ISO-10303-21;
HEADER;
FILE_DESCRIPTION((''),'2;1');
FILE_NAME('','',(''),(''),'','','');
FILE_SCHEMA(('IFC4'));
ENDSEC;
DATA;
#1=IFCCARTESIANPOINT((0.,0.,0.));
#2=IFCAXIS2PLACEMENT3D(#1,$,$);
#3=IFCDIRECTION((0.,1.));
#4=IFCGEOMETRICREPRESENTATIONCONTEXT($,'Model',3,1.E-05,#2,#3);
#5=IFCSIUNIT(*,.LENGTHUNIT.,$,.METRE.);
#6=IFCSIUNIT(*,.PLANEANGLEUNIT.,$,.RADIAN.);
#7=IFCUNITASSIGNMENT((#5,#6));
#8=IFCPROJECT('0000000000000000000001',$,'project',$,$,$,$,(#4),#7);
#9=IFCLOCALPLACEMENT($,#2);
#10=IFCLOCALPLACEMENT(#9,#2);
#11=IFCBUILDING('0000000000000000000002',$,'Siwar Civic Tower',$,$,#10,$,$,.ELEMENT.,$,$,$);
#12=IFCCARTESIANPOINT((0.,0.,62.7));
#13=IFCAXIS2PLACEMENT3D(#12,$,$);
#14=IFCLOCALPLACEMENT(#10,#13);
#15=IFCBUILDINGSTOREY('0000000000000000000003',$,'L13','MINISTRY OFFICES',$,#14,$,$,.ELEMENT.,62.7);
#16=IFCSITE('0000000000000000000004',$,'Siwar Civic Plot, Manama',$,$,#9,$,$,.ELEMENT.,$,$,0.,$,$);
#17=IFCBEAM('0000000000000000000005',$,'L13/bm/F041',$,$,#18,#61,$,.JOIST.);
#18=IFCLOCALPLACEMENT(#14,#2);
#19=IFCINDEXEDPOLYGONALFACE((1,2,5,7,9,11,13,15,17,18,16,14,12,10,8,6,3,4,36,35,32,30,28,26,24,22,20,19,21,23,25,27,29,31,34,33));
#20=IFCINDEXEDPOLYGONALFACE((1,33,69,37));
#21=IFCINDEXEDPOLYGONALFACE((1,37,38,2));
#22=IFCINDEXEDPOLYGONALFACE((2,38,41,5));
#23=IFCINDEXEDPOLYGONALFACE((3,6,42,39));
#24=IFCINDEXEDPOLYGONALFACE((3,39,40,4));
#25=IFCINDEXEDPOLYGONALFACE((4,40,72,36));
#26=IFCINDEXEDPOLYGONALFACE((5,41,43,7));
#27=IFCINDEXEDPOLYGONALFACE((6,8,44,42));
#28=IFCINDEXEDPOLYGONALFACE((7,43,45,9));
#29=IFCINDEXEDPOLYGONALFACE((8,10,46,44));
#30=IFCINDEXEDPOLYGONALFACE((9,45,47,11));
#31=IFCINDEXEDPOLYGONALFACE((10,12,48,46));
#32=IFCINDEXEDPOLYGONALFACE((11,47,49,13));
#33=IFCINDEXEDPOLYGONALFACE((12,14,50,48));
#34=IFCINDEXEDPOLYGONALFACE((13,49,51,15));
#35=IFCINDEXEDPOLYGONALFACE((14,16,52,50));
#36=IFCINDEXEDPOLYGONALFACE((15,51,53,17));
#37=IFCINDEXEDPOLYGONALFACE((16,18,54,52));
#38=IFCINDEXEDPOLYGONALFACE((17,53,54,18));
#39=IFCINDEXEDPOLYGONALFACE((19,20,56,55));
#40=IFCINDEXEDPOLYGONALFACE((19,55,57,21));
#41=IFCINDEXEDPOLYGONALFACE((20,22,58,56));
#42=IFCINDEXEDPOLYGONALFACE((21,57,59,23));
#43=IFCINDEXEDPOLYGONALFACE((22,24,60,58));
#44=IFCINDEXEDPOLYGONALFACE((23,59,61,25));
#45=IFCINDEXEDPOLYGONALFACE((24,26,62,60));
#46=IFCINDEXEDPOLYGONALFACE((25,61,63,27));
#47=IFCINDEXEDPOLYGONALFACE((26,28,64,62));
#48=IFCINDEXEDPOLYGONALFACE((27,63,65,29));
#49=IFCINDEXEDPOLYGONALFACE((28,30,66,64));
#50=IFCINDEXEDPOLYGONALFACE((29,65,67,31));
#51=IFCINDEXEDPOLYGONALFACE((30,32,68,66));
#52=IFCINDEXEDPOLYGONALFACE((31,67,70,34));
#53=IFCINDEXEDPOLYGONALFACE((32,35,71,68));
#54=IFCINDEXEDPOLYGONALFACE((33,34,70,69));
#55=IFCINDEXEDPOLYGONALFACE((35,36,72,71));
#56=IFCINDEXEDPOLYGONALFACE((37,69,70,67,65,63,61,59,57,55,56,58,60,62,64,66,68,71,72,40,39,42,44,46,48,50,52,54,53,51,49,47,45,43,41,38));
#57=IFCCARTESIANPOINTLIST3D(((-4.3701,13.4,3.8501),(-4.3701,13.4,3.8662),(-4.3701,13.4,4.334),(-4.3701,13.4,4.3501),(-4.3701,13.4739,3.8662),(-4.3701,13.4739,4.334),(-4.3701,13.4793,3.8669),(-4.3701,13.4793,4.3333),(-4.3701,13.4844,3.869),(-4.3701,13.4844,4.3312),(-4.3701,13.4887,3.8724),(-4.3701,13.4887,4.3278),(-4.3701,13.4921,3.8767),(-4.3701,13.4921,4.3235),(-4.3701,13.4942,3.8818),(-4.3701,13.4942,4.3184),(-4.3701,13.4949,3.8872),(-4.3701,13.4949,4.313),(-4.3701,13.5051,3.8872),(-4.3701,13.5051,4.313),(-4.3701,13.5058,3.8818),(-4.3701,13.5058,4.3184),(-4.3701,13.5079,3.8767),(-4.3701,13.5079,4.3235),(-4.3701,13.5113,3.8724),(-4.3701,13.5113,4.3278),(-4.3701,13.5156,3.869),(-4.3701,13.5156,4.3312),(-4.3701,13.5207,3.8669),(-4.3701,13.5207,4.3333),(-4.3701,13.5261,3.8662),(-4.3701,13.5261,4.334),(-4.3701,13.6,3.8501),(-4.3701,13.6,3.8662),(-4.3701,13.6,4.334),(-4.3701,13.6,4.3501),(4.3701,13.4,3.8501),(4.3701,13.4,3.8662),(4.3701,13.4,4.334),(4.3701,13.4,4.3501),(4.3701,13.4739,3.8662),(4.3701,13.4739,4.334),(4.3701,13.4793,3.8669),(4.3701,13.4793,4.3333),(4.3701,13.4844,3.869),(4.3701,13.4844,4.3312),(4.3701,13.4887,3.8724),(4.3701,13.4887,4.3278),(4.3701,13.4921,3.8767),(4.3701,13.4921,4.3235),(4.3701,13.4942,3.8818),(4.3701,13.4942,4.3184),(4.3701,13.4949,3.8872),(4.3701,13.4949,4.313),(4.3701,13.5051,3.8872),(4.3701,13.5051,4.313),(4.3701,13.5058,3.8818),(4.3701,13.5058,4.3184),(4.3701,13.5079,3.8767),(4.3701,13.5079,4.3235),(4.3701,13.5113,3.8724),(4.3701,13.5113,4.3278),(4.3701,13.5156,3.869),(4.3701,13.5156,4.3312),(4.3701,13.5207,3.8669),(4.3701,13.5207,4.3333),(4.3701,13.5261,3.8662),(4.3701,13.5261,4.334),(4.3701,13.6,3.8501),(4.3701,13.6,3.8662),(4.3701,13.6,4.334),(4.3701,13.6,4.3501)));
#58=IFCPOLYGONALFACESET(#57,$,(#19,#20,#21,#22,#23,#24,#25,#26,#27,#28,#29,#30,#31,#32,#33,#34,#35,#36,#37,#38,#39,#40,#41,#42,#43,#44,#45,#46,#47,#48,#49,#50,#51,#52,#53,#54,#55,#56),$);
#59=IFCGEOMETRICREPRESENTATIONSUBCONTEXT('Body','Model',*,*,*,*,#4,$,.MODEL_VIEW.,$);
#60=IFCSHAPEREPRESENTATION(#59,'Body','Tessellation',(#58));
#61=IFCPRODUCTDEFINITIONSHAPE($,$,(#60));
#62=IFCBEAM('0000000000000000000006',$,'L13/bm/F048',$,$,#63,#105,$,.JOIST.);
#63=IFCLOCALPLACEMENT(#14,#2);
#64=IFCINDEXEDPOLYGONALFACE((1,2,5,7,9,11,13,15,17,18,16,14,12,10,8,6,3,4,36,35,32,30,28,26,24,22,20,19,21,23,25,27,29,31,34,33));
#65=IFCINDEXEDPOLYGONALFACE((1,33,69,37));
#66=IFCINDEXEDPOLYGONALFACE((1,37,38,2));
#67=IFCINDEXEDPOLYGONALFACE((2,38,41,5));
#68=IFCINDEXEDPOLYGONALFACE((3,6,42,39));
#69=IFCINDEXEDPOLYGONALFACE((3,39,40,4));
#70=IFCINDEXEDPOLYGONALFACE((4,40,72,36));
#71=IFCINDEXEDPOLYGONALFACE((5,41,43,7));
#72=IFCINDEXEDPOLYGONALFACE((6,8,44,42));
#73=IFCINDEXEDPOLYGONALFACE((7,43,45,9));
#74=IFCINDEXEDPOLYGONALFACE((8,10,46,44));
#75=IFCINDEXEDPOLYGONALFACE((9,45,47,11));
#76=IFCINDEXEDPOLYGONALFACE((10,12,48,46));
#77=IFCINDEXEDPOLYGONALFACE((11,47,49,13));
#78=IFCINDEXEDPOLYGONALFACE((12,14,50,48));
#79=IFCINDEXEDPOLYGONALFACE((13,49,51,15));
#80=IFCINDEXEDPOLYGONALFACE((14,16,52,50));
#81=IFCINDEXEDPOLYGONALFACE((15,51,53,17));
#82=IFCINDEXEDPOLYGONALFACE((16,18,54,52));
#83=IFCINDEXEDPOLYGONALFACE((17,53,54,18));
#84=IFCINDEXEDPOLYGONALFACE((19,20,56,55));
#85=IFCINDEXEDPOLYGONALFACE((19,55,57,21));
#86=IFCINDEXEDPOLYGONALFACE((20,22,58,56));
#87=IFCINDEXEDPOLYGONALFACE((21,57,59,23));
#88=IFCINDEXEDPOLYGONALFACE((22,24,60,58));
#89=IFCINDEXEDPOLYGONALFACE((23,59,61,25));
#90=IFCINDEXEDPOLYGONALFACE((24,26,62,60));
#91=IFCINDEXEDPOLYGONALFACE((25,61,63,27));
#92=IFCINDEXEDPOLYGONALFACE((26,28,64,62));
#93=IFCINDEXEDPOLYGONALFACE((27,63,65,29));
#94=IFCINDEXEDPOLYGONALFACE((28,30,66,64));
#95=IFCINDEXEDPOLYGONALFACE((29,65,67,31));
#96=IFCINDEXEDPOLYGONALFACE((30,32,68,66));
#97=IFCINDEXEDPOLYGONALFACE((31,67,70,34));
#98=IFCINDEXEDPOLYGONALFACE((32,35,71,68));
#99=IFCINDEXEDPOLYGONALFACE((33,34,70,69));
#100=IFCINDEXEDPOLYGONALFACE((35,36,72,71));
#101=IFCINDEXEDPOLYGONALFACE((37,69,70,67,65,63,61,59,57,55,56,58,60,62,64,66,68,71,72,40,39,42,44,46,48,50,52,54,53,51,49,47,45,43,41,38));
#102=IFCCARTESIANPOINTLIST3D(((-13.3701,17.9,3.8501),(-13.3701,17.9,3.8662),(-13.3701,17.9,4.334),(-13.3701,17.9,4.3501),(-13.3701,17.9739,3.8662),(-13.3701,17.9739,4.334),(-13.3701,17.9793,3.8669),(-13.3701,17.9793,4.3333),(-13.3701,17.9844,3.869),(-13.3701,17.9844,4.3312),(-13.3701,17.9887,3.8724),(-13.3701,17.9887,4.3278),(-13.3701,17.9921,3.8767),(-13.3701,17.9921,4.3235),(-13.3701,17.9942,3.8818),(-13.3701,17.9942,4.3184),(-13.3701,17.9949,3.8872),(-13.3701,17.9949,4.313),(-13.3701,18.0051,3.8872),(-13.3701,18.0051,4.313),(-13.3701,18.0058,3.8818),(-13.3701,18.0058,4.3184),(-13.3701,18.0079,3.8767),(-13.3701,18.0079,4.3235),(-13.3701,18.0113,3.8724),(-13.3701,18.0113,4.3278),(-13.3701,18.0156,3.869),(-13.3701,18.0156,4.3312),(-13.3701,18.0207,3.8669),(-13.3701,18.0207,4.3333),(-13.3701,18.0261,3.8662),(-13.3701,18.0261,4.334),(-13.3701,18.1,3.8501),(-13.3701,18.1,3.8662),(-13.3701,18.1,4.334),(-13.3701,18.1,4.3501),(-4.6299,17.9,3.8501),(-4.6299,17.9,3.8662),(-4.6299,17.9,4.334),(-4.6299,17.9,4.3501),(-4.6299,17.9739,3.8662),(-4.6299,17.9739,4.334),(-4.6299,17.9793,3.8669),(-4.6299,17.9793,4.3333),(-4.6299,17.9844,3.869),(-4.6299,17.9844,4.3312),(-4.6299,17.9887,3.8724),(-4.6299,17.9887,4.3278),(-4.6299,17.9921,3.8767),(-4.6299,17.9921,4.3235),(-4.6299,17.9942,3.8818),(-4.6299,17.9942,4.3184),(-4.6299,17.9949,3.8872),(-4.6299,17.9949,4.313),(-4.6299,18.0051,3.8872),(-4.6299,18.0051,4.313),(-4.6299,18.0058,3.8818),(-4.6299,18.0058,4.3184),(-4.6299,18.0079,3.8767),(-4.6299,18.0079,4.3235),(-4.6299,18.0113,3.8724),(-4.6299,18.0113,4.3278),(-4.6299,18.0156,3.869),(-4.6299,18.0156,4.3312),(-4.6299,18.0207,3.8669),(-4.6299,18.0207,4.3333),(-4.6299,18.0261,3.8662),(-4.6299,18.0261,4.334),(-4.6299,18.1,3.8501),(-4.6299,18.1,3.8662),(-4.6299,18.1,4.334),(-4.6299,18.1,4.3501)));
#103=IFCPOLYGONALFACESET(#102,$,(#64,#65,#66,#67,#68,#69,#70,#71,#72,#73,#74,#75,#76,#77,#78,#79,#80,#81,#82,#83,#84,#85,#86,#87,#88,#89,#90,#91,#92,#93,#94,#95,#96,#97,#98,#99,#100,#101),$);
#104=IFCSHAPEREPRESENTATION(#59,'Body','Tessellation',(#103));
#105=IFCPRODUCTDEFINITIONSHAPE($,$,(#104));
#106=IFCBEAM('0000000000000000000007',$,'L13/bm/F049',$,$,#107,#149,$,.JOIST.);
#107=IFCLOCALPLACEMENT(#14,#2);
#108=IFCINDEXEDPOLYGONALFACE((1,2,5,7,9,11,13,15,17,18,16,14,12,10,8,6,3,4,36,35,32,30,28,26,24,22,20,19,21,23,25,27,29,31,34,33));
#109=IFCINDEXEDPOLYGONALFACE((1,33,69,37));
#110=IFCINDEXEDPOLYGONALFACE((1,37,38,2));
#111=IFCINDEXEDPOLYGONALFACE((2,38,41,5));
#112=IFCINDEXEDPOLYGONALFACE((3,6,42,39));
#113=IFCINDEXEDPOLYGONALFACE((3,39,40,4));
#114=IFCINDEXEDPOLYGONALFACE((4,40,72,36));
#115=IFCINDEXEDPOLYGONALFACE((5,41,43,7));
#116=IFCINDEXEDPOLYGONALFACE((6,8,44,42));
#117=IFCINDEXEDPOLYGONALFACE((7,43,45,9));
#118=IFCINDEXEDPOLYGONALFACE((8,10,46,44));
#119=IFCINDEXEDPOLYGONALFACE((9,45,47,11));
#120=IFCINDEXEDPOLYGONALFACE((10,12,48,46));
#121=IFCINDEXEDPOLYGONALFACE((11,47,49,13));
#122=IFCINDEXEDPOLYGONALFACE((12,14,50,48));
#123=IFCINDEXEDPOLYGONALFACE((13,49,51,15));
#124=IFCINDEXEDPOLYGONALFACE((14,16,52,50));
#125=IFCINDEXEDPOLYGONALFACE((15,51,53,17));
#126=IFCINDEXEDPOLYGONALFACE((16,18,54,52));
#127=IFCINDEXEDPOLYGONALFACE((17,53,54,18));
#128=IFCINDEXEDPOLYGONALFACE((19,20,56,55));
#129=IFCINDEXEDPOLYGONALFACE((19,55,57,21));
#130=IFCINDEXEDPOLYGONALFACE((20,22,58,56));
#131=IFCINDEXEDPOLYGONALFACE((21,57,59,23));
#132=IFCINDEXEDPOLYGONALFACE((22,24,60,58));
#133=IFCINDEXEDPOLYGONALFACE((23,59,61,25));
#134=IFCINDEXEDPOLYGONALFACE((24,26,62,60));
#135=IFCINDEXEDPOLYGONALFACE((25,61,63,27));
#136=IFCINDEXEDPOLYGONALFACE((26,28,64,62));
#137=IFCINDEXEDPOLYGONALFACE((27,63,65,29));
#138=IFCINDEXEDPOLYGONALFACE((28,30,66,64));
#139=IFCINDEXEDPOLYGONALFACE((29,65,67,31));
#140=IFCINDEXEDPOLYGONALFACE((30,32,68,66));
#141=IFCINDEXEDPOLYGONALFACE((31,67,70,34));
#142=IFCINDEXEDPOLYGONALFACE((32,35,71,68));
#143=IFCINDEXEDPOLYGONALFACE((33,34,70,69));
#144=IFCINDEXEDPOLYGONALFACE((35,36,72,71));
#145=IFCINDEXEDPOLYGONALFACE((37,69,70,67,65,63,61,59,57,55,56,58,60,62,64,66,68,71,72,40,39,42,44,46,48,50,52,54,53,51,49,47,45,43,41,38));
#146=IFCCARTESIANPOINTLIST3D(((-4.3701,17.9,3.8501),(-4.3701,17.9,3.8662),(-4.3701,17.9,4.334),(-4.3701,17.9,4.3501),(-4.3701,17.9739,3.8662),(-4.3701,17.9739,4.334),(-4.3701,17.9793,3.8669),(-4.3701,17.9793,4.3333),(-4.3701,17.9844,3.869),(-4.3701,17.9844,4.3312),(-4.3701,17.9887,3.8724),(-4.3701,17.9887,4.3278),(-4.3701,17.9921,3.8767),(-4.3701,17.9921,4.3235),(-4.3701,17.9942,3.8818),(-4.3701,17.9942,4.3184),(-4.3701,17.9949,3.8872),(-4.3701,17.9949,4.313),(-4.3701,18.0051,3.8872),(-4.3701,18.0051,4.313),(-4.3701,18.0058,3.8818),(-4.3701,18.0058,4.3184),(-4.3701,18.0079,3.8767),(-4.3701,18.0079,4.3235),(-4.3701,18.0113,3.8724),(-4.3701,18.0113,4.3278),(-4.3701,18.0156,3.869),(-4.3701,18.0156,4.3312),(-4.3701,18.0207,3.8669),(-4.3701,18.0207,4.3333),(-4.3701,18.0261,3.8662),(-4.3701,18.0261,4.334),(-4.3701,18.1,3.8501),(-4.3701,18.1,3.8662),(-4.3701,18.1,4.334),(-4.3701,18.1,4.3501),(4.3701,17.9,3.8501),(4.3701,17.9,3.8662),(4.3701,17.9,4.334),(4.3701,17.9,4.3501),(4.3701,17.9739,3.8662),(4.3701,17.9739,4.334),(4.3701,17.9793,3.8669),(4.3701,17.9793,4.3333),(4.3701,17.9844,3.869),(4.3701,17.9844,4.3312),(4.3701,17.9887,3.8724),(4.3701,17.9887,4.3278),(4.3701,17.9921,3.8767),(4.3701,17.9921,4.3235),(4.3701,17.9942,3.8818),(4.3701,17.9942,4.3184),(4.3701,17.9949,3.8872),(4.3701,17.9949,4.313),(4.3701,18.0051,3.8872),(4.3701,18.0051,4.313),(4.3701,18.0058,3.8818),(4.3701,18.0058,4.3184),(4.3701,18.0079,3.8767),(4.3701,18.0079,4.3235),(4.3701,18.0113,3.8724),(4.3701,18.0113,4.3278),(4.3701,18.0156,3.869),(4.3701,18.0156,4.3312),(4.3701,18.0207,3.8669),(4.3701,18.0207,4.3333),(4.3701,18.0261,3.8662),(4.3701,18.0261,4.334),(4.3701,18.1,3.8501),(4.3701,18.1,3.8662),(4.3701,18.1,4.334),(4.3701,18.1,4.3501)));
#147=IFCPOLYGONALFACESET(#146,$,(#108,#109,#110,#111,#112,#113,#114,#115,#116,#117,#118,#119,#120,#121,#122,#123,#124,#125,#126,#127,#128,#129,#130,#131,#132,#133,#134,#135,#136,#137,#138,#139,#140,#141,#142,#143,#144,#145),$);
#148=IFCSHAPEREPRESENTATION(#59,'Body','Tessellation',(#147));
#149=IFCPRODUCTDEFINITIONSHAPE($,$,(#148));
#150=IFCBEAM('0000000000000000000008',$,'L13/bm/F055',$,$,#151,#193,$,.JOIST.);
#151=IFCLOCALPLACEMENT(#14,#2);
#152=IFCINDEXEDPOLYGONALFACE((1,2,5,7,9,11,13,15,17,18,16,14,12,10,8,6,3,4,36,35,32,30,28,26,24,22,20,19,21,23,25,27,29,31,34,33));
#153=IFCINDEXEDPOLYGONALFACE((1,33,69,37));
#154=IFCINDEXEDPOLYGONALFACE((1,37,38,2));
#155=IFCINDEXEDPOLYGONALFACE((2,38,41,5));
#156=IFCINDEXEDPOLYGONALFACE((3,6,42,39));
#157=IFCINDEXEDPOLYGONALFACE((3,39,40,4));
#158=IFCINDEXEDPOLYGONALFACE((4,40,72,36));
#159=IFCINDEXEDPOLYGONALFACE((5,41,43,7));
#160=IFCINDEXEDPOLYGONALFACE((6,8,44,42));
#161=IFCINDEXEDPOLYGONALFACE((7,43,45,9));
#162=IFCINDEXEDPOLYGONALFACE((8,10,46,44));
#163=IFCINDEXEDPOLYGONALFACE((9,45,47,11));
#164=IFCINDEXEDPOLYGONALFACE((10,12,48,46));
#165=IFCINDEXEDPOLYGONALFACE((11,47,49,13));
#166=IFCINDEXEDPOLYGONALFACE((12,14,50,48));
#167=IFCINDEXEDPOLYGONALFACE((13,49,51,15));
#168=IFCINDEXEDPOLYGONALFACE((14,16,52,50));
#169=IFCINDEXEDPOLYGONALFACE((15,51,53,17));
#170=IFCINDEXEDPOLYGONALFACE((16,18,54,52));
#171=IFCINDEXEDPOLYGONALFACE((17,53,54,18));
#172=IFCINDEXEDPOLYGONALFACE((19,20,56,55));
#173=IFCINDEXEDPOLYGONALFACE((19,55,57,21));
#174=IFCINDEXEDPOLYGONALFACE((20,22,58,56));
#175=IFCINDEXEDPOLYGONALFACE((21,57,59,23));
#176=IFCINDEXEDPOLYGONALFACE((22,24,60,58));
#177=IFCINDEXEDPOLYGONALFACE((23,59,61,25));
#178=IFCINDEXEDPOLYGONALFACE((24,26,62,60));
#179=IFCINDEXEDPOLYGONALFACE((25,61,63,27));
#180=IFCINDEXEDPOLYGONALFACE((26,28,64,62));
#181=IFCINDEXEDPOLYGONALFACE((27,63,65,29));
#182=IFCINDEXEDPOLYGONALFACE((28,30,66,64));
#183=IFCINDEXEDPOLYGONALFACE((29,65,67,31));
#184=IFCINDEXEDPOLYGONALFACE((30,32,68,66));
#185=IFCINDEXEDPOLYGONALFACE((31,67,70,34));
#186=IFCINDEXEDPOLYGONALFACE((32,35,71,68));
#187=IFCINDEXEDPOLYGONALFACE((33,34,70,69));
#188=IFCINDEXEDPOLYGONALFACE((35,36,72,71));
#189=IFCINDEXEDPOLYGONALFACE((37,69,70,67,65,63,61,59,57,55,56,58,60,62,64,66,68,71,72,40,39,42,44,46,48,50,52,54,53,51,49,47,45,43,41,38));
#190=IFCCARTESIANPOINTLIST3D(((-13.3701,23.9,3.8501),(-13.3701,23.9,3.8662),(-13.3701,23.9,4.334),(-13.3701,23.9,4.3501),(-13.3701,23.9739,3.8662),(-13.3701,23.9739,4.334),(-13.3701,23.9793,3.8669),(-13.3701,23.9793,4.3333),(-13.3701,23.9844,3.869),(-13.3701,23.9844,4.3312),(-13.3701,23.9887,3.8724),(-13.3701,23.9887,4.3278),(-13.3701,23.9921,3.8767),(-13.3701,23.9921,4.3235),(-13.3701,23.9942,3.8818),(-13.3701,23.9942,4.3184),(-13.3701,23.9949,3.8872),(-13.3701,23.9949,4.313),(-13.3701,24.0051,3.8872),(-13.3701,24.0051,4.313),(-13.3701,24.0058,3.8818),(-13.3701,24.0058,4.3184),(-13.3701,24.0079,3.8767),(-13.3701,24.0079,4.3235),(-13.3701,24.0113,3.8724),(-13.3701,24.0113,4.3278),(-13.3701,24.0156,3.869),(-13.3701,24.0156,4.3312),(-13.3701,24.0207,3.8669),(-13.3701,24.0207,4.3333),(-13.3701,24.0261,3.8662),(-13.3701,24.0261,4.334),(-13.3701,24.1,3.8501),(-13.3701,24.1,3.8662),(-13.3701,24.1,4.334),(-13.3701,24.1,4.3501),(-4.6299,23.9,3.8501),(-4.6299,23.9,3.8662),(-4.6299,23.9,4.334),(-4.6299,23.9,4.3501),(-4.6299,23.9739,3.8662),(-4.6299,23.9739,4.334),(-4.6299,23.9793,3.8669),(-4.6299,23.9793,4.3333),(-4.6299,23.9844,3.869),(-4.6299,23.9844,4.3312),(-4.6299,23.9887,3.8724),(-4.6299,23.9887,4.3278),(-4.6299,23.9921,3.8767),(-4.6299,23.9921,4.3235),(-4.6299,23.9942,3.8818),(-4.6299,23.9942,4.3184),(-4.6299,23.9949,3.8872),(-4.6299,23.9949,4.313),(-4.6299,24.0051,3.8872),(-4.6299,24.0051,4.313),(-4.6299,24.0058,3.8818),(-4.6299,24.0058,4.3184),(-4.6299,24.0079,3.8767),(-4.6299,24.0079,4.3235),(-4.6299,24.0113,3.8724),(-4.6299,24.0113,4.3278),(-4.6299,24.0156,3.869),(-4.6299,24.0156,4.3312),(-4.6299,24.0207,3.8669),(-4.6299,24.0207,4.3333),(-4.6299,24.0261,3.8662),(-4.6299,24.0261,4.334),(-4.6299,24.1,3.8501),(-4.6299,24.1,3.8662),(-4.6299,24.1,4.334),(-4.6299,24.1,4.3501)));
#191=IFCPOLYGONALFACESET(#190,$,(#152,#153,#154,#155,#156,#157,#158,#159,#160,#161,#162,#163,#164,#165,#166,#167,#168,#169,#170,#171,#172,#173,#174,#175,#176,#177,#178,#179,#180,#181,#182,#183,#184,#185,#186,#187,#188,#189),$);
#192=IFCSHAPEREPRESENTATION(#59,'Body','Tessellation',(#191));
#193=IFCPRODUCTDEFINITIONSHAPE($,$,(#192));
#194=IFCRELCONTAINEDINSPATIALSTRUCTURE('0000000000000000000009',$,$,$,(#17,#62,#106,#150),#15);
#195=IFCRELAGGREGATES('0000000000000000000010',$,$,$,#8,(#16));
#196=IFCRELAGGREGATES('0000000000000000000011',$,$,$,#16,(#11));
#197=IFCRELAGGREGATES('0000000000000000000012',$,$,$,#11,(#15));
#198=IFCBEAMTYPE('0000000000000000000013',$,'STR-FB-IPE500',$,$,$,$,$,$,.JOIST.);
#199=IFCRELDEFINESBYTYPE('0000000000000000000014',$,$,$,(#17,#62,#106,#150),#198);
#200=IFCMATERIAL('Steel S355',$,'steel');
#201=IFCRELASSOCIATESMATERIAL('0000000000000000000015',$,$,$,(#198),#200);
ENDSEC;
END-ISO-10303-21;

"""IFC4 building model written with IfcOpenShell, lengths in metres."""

from ifc_helpers import new_model, si_unit, direction, frame, origin, origin_2d, place, context, subcontext, project, spatial, i_section, extrude, material, material_profile, profile_set, type_object, element, save


model = new_model("IFC4")

# Units and contexts
model_context = context("Model", 3, precision=1e-05, world=origin(), true_north=direction((0.0, 1.0)))
body_context = subcontext(model_context, "Body", "Model", "MODEL_VIEW")
ifc_project = project(units=[si_unit("LENGTHUNIT", "METRE"), si_unit("PLANEANGLEUNIT", "RADIAN")], contexts=[model_context])

# Site, building, storey
site_placement = place(None, origin())
site = spatial("IfcSite", under=ifc_project, at=site_placement, Name="Siwar Civic Plot, Manama", CompositionType="ELEMENT", RefElevation=0.0)
building_placement = place(site_placement, origin())
building = spatial("IfcBuilding", under=site, at=building_placement, Name="Siwar Civic Tower", CompositionType="ELEMENT")
storey_placement = place(building_placement, frame((0.0, 0.0, 62.7)))
storey = spatial("IfcBuildingStorey", under=building, at=storey_placement, Name="L13", Description="MINISTRY OFFICES", CompositionType="ELEMENT", Elevation=62.7)

# Beams
ifc_material_1 = material(Name="Steel S355", Category="steel")
ifc_material_profile_1 = material_profile(ifc_material_1, i_section(OverallWidth=0.2, OverallDepth=0.5, WebThickness=0.0103, FlangeThickness=0.0161, FilletRadius=0.021, at=origin_2d()), Name="IPE500")
ifc_profile_set_1 = profile_set([ifc_material_profile_1], Name="Steel S355")
beam_type_1 = type_object("IfcBeamType", Name="STR-FB-IPE500", PredefinedType="JOIST", material=ifc_profile_set_1)
for number, where, z_axis, x_axis, name in (
    (1, (-4.3701, 13.5, 4.1001), (1.0, 0.0, 0.0), (0.0, 1.0, 0.0), "L13/bm/F041"),
    (2, (-13.3701, 18.0, 4.1001), (1.0, 0.0, 0.0), (0.0, 1.0, 0.0), "L13/bm/F048"),
    (3, (-4.3701, 18.0, 4.1001), (1.0, 0.0, 0.0), (0.0, 1.0, 0.0), "L13/bm/F049"),
    (4, (-13.3701, 24.0, 4.1001), (1.0, 0.0, 0.0), (0.0, 1.0, 0.0), "L13/bm/F055"),
):
    element("IfcBeam", number, at=place(storey_placement, frame(where, z_axis=z_axis, x_axis=x_axis)), inside=storey, type_object=beam_type_1, Name=name, PredefinedType="JOIST", context=body_context, shape_type="SweptSolid", body=[
        extrude(i_section(OverallWidth=0.2, OverallDepth=0.5, WebThickness=0.0103, FlangeThickness=0.0161, FilletRadius=0.021, at=origin_2d()), origin(), (0.0, 0.0, 1.0), 8.7402),
    ])

save(model, "model.ifc")
